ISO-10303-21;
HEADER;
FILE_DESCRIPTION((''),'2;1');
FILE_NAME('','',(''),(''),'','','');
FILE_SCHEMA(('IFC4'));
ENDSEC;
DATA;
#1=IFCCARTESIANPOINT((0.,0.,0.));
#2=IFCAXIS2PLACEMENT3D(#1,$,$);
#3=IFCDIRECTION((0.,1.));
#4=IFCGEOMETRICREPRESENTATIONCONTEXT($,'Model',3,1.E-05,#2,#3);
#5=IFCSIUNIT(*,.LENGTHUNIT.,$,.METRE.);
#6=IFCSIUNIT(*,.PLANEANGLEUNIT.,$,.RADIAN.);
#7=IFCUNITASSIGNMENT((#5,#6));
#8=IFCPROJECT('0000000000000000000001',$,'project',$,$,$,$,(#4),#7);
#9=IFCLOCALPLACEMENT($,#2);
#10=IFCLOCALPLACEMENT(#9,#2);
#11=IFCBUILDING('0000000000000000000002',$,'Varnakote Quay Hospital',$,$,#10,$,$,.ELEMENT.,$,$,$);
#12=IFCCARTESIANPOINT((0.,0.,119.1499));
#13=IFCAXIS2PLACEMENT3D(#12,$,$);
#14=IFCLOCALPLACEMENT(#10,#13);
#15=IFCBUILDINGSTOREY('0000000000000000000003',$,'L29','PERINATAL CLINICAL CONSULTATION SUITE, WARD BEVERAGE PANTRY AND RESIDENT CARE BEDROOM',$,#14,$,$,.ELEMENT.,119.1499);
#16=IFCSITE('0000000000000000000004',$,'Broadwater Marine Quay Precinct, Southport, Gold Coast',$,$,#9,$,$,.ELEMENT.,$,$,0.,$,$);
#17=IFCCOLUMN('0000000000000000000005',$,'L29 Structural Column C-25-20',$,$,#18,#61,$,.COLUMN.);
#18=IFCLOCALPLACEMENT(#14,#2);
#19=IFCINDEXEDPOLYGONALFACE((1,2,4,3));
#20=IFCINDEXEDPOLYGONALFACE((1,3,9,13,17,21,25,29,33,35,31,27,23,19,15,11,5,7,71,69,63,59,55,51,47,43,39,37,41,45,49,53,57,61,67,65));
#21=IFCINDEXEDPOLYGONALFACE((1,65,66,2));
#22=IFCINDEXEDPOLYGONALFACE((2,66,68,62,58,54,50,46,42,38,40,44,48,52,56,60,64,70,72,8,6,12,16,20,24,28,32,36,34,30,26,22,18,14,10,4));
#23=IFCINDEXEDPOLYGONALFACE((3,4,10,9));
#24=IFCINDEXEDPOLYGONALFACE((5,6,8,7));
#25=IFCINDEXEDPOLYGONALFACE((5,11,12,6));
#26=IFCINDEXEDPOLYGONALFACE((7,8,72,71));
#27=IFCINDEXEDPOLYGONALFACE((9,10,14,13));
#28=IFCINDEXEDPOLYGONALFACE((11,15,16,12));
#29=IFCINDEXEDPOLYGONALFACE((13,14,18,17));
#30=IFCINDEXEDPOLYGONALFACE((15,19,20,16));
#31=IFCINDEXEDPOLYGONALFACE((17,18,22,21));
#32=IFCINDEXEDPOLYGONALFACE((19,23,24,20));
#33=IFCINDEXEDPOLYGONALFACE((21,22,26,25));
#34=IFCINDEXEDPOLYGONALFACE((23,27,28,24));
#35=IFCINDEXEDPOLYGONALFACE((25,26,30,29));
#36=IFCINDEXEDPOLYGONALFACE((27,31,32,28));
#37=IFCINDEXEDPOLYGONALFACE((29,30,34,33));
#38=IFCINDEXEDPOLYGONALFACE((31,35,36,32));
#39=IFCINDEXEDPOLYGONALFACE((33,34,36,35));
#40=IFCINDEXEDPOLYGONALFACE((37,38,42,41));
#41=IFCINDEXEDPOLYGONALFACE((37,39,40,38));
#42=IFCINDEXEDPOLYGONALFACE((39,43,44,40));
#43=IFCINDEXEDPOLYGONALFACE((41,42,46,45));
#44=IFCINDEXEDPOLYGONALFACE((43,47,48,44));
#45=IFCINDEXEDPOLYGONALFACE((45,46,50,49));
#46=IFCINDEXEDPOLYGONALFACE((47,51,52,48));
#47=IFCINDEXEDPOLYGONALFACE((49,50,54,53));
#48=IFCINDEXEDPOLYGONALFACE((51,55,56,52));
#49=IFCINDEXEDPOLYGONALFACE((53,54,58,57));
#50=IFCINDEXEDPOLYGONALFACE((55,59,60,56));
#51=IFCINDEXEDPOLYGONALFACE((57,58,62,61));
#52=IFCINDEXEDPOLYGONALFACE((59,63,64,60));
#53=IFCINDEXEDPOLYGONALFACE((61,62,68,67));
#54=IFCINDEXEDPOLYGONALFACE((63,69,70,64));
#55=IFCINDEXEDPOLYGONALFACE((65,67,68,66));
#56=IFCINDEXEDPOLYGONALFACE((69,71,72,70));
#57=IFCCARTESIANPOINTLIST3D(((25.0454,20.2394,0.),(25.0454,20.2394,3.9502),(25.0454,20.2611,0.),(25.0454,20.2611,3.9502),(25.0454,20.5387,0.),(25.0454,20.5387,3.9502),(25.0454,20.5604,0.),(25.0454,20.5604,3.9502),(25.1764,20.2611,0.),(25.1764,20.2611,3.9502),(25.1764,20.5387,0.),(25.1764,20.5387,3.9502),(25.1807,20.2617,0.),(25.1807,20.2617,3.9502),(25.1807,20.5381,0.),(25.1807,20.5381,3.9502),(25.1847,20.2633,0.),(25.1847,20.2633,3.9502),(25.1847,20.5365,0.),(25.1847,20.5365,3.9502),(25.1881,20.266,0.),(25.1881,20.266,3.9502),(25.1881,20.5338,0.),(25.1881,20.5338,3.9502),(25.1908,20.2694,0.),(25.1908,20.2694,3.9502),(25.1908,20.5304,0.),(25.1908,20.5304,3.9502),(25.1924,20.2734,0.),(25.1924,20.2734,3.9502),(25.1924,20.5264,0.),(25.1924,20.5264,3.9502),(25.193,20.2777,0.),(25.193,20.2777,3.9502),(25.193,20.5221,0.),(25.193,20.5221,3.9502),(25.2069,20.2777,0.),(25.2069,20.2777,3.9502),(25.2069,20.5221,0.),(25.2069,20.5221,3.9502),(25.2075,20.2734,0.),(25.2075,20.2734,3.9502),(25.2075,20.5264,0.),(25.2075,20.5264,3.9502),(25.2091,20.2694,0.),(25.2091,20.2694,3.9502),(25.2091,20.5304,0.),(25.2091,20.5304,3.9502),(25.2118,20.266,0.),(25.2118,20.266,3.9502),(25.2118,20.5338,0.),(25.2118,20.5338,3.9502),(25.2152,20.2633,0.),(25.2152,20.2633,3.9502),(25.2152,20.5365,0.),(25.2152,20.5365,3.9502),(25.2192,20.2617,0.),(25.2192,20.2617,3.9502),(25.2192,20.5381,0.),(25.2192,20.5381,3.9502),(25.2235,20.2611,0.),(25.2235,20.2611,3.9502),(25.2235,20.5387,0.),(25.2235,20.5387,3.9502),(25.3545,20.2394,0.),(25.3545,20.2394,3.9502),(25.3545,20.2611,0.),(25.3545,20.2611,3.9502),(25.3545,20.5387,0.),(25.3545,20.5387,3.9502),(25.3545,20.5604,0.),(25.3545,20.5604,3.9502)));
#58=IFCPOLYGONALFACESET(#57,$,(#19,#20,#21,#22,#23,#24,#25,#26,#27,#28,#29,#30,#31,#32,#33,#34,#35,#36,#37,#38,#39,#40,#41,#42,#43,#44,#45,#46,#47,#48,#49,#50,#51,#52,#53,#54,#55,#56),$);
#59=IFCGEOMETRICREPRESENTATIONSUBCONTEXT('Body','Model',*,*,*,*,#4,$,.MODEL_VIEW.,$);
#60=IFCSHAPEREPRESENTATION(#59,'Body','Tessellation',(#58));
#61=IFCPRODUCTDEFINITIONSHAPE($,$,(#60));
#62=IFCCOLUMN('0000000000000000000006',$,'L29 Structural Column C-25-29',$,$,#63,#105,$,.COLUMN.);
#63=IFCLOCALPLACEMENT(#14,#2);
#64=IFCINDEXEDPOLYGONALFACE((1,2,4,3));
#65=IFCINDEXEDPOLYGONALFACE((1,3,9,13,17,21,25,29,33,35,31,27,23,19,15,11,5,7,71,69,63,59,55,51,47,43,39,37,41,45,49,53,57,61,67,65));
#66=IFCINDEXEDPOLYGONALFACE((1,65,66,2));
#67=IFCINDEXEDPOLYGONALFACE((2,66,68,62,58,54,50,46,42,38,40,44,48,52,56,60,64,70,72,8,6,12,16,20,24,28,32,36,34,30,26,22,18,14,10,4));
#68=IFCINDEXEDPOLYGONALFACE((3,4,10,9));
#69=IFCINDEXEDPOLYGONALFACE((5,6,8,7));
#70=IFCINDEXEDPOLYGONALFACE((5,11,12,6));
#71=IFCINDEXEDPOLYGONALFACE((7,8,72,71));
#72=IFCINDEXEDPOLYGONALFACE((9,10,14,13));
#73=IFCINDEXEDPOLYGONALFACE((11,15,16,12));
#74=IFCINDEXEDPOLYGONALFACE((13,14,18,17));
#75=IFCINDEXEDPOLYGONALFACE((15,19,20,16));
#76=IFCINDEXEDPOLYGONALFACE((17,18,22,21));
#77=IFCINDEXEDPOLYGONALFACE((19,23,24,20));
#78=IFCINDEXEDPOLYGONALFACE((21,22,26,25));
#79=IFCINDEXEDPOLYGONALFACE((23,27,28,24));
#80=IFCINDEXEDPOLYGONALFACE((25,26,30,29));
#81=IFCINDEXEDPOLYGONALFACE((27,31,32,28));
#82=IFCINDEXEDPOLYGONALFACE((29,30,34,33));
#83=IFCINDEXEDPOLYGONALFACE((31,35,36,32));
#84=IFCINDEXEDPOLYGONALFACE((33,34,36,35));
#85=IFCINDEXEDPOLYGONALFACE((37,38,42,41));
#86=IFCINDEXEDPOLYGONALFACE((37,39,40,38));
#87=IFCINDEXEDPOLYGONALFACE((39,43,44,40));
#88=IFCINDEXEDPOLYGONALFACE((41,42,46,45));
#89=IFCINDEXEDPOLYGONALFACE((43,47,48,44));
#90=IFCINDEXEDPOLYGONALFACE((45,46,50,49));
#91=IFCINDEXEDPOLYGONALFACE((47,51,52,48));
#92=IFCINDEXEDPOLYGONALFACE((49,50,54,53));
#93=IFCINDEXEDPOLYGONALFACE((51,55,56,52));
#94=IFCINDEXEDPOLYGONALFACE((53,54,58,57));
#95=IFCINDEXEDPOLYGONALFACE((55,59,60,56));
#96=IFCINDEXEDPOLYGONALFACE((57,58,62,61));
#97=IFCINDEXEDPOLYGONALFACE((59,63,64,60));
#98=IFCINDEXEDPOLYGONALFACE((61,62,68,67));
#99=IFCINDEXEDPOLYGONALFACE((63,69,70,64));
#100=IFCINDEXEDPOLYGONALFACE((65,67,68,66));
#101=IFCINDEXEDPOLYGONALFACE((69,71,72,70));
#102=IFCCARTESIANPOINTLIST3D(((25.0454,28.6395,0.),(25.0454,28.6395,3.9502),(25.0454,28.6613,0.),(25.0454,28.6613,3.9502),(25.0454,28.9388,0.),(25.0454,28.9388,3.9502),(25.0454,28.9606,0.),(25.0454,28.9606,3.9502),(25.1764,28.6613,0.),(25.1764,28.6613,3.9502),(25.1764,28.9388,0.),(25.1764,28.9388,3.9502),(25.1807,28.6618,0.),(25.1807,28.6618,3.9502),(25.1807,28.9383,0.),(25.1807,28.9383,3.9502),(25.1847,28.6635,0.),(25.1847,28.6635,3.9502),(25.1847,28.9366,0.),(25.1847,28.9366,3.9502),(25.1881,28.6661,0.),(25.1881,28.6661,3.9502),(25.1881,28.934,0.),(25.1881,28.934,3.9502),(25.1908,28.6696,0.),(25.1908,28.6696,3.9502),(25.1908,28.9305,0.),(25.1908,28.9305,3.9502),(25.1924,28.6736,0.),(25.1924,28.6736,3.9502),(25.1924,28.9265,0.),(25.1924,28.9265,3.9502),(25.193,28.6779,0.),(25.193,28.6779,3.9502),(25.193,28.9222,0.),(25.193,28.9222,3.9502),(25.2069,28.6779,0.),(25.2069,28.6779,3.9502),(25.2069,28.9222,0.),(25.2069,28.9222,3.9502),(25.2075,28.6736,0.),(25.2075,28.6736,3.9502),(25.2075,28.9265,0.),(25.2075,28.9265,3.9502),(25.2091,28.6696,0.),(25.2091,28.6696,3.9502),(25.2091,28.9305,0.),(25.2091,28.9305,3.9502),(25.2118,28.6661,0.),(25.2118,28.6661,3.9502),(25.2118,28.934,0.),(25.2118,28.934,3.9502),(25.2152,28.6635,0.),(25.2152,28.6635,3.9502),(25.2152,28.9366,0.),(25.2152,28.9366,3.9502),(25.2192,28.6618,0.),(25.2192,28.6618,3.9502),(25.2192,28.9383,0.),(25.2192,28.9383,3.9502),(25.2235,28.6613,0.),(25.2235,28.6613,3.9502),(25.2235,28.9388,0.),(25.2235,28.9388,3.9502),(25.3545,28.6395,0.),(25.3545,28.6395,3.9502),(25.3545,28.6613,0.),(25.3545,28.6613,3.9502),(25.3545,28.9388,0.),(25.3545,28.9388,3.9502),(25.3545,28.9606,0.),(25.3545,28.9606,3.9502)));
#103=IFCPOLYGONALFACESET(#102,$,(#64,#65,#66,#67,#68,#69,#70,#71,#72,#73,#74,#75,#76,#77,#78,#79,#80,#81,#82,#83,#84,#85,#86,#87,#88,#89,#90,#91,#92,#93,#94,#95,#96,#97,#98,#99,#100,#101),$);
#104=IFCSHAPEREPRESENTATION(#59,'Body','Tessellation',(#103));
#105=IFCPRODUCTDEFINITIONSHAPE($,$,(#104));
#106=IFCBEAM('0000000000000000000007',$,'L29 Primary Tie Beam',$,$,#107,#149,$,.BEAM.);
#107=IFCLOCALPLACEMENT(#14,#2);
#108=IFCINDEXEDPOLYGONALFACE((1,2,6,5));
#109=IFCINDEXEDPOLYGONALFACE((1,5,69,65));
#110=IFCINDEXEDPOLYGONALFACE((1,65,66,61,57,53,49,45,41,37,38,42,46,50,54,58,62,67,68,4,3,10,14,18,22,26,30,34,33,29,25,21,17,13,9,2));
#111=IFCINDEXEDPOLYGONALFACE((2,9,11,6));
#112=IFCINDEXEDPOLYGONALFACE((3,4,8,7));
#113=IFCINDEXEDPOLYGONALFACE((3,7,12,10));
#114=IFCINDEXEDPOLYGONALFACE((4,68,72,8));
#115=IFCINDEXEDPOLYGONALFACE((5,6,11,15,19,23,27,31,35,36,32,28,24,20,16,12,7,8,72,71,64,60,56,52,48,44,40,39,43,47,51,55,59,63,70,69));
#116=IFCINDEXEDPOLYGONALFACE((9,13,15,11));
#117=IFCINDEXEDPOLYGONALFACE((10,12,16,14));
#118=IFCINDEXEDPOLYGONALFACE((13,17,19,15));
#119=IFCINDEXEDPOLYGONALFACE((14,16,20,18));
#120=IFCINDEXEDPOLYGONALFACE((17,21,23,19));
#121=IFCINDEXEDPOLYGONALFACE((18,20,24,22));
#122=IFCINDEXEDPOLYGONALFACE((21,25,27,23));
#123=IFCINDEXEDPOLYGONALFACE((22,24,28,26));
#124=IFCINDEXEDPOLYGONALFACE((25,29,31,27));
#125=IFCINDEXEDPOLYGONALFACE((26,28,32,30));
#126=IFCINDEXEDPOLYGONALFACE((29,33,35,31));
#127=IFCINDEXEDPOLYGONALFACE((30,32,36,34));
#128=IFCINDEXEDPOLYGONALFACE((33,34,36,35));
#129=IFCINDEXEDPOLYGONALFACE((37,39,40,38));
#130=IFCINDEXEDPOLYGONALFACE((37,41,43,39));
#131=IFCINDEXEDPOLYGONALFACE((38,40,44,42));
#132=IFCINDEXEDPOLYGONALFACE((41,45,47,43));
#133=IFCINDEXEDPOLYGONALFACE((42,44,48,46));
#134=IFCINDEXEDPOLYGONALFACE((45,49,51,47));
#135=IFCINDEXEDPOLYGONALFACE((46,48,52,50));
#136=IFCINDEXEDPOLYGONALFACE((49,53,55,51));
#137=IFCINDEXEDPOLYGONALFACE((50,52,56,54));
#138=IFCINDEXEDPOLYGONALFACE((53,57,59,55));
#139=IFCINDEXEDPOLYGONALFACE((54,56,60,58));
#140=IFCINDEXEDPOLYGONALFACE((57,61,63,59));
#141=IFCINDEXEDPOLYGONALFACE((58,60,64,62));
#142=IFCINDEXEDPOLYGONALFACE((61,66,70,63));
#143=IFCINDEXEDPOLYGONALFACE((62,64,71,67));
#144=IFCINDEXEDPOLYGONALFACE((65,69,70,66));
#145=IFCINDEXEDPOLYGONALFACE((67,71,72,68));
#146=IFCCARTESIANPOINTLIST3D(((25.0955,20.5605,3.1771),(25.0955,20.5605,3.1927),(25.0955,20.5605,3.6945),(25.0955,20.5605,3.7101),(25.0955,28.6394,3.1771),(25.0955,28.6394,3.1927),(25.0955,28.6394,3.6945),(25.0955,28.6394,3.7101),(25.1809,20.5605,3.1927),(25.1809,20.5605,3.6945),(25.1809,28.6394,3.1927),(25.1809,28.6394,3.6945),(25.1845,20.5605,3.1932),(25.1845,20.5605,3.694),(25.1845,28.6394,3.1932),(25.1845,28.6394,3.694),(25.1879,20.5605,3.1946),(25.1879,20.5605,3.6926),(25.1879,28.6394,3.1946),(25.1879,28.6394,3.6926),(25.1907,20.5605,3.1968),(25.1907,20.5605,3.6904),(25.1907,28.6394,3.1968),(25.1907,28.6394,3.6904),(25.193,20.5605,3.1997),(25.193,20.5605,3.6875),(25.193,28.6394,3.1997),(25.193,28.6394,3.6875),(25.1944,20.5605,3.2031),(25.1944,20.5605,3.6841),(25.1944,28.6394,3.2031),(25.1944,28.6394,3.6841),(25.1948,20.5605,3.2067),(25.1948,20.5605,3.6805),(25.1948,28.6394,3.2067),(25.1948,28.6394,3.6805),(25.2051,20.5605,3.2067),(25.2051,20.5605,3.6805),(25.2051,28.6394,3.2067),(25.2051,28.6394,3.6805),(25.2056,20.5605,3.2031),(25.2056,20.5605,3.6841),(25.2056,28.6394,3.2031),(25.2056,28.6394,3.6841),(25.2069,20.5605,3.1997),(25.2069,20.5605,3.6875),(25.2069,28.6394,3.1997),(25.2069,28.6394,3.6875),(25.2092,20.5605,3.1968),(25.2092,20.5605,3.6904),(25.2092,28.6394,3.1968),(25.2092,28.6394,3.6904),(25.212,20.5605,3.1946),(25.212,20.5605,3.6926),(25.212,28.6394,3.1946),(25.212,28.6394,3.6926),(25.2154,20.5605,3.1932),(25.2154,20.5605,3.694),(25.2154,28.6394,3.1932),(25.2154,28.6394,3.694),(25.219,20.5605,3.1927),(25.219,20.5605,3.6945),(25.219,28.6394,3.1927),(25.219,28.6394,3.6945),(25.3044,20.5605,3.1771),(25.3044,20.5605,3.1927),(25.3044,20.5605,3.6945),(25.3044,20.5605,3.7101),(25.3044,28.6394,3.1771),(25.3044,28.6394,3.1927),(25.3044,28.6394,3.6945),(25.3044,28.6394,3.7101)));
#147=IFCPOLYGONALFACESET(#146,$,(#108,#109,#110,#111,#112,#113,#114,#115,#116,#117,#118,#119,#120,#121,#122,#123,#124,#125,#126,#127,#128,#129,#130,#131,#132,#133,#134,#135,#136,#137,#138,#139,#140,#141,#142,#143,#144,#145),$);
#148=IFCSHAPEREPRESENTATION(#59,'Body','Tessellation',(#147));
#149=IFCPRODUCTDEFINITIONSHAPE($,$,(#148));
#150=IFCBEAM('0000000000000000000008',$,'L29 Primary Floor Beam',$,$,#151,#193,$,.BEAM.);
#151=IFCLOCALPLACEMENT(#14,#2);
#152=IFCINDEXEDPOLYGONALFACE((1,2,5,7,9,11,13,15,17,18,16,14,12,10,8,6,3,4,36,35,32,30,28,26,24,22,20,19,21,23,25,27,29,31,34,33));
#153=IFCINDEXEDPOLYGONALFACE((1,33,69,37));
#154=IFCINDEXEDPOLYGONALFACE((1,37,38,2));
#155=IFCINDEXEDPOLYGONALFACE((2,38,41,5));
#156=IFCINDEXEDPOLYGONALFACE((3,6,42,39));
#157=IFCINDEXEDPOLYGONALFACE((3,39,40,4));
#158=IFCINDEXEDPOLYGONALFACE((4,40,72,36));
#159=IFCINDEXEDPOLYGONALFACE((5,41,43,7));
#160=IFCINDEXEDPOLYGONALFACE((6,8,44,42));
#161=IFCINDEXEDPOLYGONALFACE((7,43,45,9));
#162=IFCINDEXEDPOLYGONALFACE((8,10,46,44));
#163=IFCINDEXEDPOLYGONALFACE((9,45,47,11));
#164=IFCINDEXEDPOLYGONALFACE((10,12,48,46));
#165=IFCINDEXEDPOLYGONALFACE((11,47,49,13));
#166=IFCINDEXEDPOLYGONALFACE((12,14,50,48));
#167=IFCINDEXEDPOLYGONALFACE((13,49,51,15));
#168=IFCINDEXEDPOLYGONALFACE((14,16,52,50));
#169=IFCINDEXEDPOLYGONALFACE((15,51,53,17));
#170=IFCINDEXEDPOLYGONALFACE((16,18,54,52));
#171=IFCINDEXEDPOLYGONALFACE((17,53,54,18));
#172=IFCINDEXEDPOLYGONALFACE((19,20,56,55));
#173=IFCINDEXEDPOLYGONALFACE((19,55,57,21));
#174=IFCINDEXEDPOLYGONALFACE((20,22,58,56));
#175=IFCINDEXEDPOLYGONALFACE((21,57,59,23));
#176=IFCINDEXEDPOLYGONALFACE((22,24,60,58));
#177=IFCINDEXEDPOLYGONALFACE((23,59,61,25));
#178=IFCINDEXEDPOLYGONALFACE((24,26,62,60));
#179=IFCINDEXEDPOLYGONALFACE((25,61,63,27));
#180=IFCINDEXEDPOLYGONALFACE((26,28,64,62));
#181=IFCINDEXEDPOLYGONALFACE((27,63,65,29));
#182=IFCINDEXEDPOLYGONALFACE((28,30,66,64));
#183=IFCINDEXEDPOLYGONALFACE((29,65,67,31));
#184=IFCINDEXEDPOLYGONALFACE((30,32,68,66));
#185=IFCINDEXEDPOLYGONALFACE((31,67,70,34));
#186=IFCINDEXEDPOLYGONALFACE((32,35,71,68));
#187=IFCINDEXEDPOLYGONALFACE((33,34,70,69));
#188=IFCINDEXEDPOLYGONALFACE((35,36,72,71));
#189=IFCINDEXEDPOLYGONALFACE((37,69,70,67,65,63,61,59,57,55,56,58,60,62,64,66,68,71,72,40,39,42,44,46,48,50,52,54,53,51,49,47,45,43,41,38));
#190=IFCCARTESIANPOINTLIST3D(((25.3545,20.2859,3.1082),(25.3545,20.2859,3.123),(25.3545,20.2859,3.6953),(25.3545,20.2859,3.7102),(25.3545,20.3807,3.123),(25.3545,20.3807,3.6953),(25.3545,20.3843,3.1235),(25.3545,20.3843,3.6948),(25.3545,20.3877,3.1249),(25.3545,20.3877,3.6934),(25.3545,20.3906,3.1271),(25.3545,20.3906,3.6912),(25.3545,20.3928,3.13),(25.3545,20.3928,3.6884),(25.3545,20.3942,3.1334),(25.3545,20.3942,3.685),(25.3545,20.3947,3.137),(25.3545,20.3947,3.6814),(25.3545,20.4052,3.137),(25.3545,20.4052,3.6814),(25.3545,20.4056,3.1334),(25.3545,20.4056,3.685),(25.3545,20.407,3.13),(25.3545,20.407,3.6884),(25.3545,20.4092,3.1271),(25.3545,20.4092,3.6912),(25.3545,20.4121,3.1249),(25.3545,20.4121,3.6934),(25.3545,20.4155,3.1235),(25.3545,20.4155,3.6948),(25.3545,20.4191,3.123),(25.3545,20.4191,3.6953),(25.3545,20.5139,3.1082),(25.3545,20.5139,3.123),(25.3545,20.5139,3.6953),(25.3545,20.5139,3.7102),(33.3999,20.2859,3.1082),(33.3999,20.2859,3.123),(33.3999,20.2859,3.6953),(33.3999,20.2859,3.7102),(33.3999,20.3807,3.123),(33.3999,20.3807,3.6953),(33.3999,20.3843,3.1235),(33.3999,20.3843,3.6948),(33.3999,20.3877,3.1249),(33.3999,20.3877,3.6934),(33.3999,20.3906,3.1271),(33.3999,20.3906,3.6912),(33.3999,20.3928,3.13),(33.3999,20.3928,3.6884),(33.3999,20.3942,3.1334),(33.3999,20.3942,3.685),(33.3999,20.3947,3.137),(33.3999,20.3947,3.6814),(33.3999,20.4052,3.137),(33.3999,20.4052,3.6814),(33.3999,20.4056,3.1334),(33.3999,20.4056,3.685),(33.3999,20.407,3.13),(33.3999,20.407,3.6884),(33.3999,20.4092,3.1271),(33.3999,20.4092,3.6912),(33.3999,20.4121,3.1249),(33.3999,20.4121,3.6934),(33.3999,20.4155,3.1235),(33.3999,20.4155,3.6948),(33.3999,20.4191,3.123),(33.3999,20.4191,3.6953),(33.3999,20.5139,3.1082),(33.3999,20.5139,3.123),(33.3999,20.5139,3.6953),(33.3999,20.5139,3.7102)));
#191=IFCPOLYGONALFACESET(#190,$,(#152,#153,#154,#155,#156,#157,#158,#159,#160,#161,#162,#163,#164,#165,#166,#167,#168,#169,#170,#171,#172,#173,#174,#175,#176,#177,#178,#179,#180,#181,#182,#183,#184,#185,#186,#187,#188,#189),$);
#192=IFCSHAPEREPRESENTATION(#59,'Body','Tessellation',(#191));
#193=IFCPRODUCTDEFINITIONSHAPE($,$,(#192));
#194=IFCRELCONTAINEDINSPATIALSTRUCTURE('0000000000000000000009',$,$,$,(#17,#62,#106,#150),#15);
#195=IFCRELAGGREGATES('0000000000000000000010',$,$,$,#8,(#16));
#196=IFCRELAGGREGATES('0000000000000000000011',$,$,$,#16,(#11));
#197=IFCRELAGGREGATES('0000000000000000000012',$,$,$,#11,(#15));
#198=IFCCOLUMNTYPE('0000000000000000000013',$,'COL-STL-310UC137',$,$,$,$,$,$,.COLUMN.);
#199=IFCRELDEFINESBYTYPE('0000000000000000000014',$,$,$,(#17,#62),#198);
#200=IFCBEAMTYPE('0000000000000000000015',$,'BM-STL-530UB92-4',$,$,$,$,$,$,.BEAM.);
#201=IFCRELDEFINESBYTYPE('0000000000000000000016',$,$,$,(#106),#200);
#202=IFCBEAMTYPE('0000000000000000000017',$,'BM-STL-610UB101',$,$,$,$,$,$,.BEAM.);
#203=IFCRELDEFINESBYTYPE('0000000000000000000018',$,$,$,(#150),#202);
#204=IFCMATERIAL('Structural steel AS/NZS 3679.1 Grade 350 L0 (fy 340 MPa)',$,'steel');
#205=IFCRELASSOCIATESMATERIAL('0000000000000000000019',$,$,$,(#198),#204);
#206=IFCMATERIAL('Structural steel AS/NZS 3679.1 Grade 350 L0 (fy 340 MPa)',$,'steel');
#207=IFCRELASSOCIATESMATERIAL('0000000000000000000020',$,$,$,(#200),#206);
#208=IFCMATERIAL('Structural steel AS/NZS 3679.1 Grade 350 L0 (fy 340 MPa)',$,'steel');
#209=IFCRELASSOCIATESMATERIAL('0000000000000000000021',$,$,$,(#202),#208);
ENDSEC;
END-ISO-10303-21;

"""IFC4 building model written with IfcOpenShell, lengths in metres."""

from ifc_helpers import new_model, si_unit, direction, frame, origin, origin_2d, place, context, subcontext, project, spatial, i_section, extrude, material, material_profile, profile_set, type_object, element, save


model = new_model("IFC4")

# Units and contexts
model_context = context("Model", 3, precision=1e-05, world=origin(), true_north=direction((0.0, 1.0)))
body_context = subcontext(model_context, "Body", "Model", "MODEL_VIEW")
ifc_project = project(units=[si_unit("LENGTHUNIT", "METRE"), si_unit("PLANEANGLEUNIT", "RADIAN")], contexts=[model_context])

# Site, building, storey
site_placement = place(None, origin())
site = spatial("IfcSite", under=ifc_project, at=site_placement, Name="Broadwater Marine Quay Precinct, Southport, Gold Coast", CompositionType="ELEMENT", RefElevation=0.0)
building_placement = place(site_placement, origin())
building = spatial("IfcBuilding", under=site, at=building_placement, Name="Varnakote Quay Hospital", CompositionType="ELEMENT")
storey_placement = place(building_placement, frame((0.0, 0.0, 119.1499)))
storey = spatial("IfcBuildingStorey", under=building, at=storey_placement, Name="L29", Description="PERINATAL CLINICAL CONSULTATION SUITE, WARD BEVERAGE PANTRY AND RESIDENT CARE BEDROOM", CompositionType="ELEMENT", Elevation=119.1499)

# Columns
ifc_material_1 = material(Name="Structural steel AS/NZS 3679.1 Grade 350 L0 (fy 340 MPa)", Category="steel")
ifc_material_profile_1 = material_profile(ifc_material_1, i_section(OverallWidth=0.3091, OverallDepth=0.321, WebThickness=0.0139, FlangeThickness=0.0217, FilletRadius=0.0166, at=origin_2d()), Name="310UC137")
ifc_profile_set_1 = profile_set([ifc_material_profile_1], Name="Structural steel AS/NZS 3679.1 Grade 350 L0 (fy 340 MPa)")
column_type = type_object("IfcColumnType", Name="COL-STL-310UC137", PredefinedType="COLUMN", material=ifc_profile_set_1)
for number, where, z_axis, x_axis, name in (
    (1, (25.2, 20.3999, 0.0), (0.0, 0.0, 1.0), (1.0, 0.0, 0.0), "L29 Structural Column C-25-20"),
    (2, (25.2, 28.8, 0.0), (0.0, 0.0, 1.0), (1.0, 0.0, 0.0), "L29 Structural Column C-25-29"),
):
    element("IfcColumn", number, at=place(storey_placement, frame(where, z_axis=z_axis, x_axis=x_axis)), inside=storey, type_object=column_type, Name=name, PredefinedType="COLUMN", context=body_context, shape_type="SweptSolid", body=[
        extrude(i_section(OverallWidth=0.3091, OverallDepth=0.321, WebThickness=0.0139, FlangeThickness=0.0217, FilletRadius=0.0166, at=origin_2d()), origin(), (0.0, 0.0, 1.0), 3.9502),
    ])

# Beams
ifc_material_2 = material(Name="Structural steel AS/NZS 3679.1 Grade 350 L0 (fy 340 MPa)", Category="steel")
ifc_material_profile_2 = material_profile(ifc_material_2, i_section(OverallWidth=0.209, OverallDepth=0.533, WebThickness=0.0103, FlangeThickness=0.0156, FilletRadius=0.0139, at=origin_2d()), Name="530UB92.4")
ifc_profile_set_2 = profile_set([ifc_material_profile_2], Name="Structural steel AS/NZS 3679.1 Grade 350 L0 (fy 340 MPa)")
beam_type_1 = type_object("IfcBeamType", Name="BM-STL-530UB92-4", PredefinedType="BEAM", material=ifc_profile_set_2)
beam_1_placement = place(storey_placement, frame((25.2, 20.5605, 3.4436), z_axis=(0.0, 1.0, 0.0), x_axis=(-1.0, 0.0, 0.0)))
element("IfcBeam", 3, at=beam_1_placement, inside=storey, type_object=beam_type_1, Name="L29 Primary Tie Beam", PredefinedType="BEAM", context=body_context, shape_type="SweptSolid", body=[
    extrude(i_section(OverallWidth=0.209, OverallDepth=0.533, WebThickness=0.0103, FlangeThickness=0.0156, FilletRadius=0.0139, at=origin_2d()), origin(), (0.0, 0.0, 1.0), 8.0789),
])
ifc_material_3 = material(Name="Structural steel AS/NZS 3679.1 Grade 350 L0 (fy 340 MPa)", Category="steel")
ifc_material_profile_3 = material_profile(ifc_material_3, i_section(OverallWidth=0.228, OverallDepth=0.6021, WebThickness=0.0105, FlangeThickness=0.0149, FilletRadius=0.0139, at=origin_2d()), Name="610UB101")
ifc_profile_set_3 = profile_set([ifc_material_profile_3], Name="Structural steel AS/NZS 3679.1 Grade 350 L0 (fy 340 MPa)")
beam_type_2 = type_object("IfcBeamType", Name="BM-STL-610UB101", PredefinedType="BEAM", material=ifc_profile_set_3)
beam_2_placement = place(storey_placement, frame((25.3545, 20.3999, 3.4092), z_axis=(1.0, 0.0, 0.0), x_axis=(0.0, 1.0, 0.0)))
element("IfcBeam", 4, at=beam_2_placement, inside=storey, type_object=beam_type_2, Name="L29 Primary Floor Beam", PredefinedType="BEAM", context=body_context, shape_type="SweptSolid", body=[
    extrude(i_section(OverallWidth=0.228, OverallDepth=0.6021, WebThickness=0.0105, FlangeThickness=0.0149, FilletRadius=0.0139, at=origin_2d()), origin(), (0.0, 0.0, 1.0), 8.0454),
])

save(model, "model.ifc")
